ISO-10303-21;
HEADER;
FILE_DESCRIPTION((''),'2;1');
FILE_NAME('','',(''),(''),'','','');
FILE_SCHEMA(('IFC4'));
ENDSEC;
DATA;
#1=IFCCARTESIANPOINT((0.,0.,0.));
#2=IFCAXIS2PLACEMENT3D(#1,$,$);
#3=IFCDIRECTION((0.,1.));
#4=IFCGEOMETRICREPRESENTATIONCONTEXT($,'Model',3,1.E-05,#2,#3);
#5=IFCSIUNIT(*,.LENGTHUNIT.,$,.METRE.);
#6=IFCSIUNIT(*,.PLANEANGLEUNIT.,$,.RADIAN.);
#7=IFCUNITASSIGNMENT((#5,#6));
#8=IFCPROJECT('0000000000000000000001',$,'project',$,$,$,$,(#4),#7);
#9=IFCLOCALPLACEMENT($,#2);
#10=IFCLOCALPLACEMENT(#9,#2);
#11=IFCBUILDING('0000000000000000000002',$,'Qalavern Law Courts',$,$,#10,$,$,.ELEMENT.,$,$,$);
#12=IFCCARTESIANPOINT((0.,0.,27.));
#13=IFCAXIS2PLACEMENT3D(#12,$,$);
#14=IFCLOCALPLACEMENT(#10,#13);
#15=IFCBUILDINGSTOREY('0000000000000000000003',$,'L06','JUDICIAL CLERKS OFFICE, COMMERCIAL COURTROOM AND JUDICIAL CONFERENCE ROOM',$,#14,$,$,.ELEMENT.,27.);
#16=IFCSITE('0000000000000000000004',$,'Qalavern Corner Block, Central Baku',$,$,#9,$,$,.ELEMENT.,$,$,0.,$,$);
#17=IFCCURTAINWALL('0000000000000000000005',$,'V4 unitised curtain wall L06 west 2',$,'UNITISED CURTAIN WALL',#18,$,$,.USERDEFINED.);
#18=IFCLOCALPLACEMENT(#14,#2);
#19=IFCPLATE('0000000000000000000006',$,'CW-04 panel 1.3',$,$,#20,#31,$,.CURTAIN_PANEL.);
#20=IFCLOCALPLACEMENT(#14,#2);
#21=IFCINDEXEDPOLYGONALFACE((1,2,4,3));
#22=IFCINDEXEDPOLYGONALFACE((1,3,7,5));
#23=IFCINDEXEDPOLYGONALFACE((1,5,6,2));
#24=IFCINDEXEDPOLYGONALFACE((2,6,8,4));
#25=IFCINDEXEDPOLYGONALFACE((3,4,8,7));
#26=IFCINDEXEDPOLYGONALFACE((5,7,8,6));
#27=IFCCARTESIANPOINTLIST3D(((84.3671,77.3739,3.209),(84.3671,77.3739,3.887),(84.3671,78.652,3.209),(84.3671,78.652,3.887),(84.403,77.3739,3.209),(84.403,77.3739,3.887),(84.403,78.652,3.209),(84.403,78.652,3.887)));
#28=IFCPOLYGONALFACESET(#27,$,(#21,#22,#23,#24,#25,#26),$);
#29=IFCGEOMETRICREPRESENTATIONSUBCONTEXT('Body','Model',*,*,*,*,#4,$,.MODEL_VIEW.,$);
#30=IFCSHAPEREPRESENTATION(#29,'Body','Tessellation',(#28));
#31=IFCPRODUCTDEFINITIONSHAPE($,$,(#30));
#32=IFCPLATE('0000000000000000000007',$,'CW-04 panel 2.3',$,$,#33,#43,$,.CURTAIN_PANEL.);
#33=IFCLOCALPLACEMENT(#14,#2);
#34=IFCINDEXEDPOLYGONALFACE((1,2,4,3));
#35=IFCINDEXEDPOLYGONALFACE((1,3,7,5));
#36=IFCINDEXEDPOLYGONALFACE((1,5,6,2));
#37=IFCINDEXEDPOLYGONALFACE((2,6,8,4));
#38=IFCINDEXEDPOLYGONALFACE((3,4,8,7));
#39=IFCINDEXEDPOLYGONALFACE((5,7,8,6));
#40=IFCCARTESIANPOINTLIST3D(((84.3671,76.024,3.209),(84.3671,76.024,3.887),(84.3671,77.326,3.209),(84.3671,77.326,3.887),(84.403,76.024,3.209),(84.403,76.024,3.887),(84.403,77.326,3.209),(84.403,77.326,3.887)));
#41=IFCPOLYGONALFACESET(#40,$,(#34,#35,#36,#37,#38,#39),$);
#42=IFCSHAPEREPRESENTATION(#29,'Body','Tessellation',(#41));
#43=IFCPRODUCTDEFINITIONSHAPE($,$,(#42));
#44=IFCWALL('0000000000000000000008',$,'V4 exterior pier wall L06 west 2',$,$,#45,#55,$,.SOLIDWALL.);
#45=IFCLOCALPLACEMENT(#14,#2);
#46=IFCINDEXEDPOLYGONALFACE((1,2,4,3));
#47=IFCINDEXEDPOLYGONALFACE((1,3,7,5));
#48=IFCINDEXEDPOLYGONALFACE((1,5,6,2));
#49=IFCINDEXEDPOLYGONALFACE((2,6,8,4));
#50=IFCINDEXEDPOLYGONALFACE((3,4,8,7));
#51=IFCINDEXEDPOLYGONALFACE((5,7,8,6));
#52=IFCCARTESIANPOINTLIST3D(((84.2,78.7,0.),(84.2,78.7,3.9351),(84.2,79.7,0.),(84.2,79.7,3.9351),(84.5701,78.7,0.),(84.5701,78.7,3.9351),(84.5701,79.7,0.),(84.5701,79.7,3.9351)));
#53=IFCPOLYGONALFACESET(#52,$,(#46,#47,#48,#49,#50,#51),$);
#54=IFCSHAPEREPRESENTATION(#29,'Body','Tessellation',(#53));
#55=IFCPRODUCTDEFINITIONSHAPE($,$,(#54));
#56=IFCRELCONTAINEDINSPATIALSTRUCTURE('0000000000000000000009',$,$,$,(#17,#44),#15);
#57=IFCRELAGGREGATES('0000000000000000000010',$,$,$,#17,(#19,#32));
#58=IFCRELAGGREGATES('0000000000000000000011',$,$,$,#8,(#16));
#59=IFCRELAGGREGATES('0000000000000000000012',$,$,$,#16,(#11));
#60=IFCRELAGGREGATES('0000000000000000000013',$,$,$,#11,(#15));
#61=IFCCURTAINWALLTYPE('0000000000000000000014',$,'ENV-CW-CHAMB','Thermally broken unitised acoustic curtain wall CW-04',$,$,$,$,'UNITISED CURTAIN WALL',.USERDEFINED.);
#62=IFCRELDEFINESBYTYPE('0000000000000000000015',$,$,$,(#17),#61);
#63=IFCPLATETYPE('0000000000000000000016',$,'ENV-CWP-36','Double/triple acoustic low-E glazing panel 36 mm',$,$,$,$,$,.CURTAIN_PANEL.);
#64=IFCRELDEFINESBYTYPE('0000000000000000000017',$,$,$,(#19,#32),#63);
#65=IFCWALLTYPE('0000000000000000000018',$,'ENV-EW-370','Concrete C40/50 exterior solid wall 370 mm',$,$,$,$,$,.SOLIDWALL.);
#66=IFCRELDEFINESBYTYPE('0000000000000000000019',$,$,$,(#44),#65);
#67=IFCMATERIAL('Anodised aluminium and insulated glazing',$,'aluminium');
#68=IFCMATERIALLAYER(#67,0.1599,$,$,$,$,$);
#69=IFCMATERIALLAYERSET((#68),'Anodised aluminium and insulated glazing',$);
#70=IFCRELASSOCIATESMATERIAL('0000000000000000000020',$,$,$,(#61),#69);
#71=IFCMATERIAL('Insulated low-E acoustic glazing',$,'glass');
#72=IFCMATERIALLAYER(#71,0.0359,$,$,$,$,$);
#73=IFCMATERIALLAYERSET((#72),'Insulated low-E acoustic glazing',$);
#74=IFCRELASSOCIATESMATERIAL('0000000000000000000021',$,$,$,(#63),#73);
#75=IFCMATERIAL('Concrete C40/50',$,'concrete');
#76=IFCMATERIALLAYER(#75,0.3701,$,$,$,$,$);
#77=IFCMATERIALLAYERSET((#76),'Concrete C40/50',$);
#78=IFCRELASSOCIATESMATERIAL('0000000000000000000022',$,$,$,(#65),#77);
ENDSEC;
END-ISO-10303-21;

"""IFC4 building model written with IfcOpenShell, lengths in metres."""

from ifc_helpers import new_model, si_unit, direction, frame, frame_2d, origin, origin_2d, place, context, subcontext, project, spatial, rectangle, extrude, material, layer, layer_set, type_object, element, aggregate, save


model = new_model("IFC4")

# Units and contexts
model_context = context("Model", 3, precision=1e-05, world=origin(), true_north=direction((0.0, 1.0)))
body_context = subcontext(model_context, "Body", "Model", "MODEL_VIEW")
ifc_project = project(units=[si_unit("LENGTHUNIT", "METRE"), si_unit("PLANEANGLEUNIT", "RADIAN")], contexts=[model_context])

# Site, building, storey
site_placement = place(None, origin())
site = spatial("IfcSite", under=ifc_project, at=site_placement, Name="Qalavern Corner Block, Central Baku", CompositionType="ELEMENT", RefElevation=0.0)
building_placement = place(site_placement, origin())
building = spatial("IfcBuilding", under=site, at=building_placement, Name="Qalavern Law Courts", CompositionType="ELEMENT")
storey_placement = place(building_placement, frame((0.0, 0.0, 27.0)))
storey = spatial("IfcBuildingStorey", under=building, at=storey_placement, Name="L06", Description="JUDICIAL CLERKS OFFICE, COMMERCIAL COURTROOM AND JUDICIAL CONFERENCE ROOM", CompositionType="ELEMENT", Elevation=27.0)

# Curtain wall
ifc_material_1 = material(Name="Anodised aluminium and insulated glazing", Category="aluminium")
ifc_layer_1 = layer(ifc_material_1, 0.1599)
ifc_layer_set_1 = layer_set([ifc_layer_1], Name="Anodised aluminium and insulated glazing")
curtain_wall_type = type_object("IfcCurtainWallType", Name="ENV-CW-CHAMB", Description="Thermally broken unitised acoustic curtain wall CW-04", ElementType="UNITISED CURTAIN WALL", PredefinedType="USERDEFINED", material=ifc_layer_set_1)
curtain_wall_1_placement = place(storey_placement, origin())
curtain_wall_1 = element("IfcCurtainWall", 1, at=curtain_wall_1_placement, inside=storey, type_object=curtain_wall_type, Name="V4 unitised curtain wall L06 west 2", ObjectType="UNITISED CURTAIN WALL", PredefinedType="USERDEFINED")

# Shared definitions
ifc_material_2 = material(Name="Concrete C40/50", Category="concrete")

# Plates
ifc_material_3 = material(Name="Insulated low-E acoustic glazing", Category="glass")
ifc_layer_2 = layer(ifc_material_3, 0.0359)
ifc_layer_set_2 = layer_set([ifc_layer_2], Name="Insulated low-E acoustic glazing")
plate_type_1 = type_object("IfcPlateType", Name="ENV-CWP-36", Description="Double/triple acoustic low-E glazing panel 36 mm", PredefinedType="CURTAIN_PANEL", material=ifc_layer_set_2)
plate_1_placement = place(storey_placement, frame((84.385, 78.0129, 3.209), z_axis=(0.0, 0.0, 1.0), x_axis=(0.0, -1.0, 0.0)))
plate_1 = element("IfcPlate", 2, at=plate_1_placement, type_object=plate_type_1, Name="CW-04 panel 1.3", PredefinedType="CURTAIN_PANEL", context=body_context, shape_type="SweptSolid", body=[
    extrude(rectangle(XDim=1.2781, YDim=0.0359, at=origin_2d()), origin(), (0.0, 0.0, 1.0), 0.678),
])
plate_2_placement = place(storey_placement, frame((84.385, 76.675, 3.209), z_axis=(0.0, 0.0, 1.0), x_axis=(0.0, -1.0, 0.0)))
plate_2 = element("IfcPlate", 3, at=plate_2_placement, type_object=plate_type_1, Name="CW-04 panel 2.3", PredefinedType="CURTAIN_PANEL", context=body_context, shape_type="SweptSolid", body=[
    extrude(rectangle(XDim=1.302, YDim=0.0359, at=origin_2d()), origin(), (0.0, 0.0, 1.0), 0.678),
])
aggregate(curtain_wall_1, [plate_1, plate_2])

# Wall
ifc_layer_3 = layer(ifc_material_2, 0.3701)
ifc_layer_set_3 = layer_set([ifc_layer_3], Name="Concrete C40/50")
wall_type = type_object("IfcWallType", Name="ENV-EW-370", Description="Concrete C40/50 exterior solid wall 370 mm", PredefinedType="SOLIDWALL", material=ifc_layer_set_3)
wall_placement = place(storey_placement, frame((84.385, 79.7, 0.0), z_axis=(0.0, 0.0, 1.0), x_axis=(0.0, -1.0, 0.0)))
element("IfcWall", 4, at=wall_placement, inside=storey, type_object=wall_type, Name="V4 exterior pier wall L06 west 2", PredefinedType="SOLIDWALL", context=body_context, shape_type="SweptSolid", body=[
    extrude(rectangle(XDim=1.0, YDim=0.3701, at=frame_2d((0.5, 0.0))), origin(), (0.0, 0.0, 1.0), 3.9351),
])

save(model, "model.ifc")
